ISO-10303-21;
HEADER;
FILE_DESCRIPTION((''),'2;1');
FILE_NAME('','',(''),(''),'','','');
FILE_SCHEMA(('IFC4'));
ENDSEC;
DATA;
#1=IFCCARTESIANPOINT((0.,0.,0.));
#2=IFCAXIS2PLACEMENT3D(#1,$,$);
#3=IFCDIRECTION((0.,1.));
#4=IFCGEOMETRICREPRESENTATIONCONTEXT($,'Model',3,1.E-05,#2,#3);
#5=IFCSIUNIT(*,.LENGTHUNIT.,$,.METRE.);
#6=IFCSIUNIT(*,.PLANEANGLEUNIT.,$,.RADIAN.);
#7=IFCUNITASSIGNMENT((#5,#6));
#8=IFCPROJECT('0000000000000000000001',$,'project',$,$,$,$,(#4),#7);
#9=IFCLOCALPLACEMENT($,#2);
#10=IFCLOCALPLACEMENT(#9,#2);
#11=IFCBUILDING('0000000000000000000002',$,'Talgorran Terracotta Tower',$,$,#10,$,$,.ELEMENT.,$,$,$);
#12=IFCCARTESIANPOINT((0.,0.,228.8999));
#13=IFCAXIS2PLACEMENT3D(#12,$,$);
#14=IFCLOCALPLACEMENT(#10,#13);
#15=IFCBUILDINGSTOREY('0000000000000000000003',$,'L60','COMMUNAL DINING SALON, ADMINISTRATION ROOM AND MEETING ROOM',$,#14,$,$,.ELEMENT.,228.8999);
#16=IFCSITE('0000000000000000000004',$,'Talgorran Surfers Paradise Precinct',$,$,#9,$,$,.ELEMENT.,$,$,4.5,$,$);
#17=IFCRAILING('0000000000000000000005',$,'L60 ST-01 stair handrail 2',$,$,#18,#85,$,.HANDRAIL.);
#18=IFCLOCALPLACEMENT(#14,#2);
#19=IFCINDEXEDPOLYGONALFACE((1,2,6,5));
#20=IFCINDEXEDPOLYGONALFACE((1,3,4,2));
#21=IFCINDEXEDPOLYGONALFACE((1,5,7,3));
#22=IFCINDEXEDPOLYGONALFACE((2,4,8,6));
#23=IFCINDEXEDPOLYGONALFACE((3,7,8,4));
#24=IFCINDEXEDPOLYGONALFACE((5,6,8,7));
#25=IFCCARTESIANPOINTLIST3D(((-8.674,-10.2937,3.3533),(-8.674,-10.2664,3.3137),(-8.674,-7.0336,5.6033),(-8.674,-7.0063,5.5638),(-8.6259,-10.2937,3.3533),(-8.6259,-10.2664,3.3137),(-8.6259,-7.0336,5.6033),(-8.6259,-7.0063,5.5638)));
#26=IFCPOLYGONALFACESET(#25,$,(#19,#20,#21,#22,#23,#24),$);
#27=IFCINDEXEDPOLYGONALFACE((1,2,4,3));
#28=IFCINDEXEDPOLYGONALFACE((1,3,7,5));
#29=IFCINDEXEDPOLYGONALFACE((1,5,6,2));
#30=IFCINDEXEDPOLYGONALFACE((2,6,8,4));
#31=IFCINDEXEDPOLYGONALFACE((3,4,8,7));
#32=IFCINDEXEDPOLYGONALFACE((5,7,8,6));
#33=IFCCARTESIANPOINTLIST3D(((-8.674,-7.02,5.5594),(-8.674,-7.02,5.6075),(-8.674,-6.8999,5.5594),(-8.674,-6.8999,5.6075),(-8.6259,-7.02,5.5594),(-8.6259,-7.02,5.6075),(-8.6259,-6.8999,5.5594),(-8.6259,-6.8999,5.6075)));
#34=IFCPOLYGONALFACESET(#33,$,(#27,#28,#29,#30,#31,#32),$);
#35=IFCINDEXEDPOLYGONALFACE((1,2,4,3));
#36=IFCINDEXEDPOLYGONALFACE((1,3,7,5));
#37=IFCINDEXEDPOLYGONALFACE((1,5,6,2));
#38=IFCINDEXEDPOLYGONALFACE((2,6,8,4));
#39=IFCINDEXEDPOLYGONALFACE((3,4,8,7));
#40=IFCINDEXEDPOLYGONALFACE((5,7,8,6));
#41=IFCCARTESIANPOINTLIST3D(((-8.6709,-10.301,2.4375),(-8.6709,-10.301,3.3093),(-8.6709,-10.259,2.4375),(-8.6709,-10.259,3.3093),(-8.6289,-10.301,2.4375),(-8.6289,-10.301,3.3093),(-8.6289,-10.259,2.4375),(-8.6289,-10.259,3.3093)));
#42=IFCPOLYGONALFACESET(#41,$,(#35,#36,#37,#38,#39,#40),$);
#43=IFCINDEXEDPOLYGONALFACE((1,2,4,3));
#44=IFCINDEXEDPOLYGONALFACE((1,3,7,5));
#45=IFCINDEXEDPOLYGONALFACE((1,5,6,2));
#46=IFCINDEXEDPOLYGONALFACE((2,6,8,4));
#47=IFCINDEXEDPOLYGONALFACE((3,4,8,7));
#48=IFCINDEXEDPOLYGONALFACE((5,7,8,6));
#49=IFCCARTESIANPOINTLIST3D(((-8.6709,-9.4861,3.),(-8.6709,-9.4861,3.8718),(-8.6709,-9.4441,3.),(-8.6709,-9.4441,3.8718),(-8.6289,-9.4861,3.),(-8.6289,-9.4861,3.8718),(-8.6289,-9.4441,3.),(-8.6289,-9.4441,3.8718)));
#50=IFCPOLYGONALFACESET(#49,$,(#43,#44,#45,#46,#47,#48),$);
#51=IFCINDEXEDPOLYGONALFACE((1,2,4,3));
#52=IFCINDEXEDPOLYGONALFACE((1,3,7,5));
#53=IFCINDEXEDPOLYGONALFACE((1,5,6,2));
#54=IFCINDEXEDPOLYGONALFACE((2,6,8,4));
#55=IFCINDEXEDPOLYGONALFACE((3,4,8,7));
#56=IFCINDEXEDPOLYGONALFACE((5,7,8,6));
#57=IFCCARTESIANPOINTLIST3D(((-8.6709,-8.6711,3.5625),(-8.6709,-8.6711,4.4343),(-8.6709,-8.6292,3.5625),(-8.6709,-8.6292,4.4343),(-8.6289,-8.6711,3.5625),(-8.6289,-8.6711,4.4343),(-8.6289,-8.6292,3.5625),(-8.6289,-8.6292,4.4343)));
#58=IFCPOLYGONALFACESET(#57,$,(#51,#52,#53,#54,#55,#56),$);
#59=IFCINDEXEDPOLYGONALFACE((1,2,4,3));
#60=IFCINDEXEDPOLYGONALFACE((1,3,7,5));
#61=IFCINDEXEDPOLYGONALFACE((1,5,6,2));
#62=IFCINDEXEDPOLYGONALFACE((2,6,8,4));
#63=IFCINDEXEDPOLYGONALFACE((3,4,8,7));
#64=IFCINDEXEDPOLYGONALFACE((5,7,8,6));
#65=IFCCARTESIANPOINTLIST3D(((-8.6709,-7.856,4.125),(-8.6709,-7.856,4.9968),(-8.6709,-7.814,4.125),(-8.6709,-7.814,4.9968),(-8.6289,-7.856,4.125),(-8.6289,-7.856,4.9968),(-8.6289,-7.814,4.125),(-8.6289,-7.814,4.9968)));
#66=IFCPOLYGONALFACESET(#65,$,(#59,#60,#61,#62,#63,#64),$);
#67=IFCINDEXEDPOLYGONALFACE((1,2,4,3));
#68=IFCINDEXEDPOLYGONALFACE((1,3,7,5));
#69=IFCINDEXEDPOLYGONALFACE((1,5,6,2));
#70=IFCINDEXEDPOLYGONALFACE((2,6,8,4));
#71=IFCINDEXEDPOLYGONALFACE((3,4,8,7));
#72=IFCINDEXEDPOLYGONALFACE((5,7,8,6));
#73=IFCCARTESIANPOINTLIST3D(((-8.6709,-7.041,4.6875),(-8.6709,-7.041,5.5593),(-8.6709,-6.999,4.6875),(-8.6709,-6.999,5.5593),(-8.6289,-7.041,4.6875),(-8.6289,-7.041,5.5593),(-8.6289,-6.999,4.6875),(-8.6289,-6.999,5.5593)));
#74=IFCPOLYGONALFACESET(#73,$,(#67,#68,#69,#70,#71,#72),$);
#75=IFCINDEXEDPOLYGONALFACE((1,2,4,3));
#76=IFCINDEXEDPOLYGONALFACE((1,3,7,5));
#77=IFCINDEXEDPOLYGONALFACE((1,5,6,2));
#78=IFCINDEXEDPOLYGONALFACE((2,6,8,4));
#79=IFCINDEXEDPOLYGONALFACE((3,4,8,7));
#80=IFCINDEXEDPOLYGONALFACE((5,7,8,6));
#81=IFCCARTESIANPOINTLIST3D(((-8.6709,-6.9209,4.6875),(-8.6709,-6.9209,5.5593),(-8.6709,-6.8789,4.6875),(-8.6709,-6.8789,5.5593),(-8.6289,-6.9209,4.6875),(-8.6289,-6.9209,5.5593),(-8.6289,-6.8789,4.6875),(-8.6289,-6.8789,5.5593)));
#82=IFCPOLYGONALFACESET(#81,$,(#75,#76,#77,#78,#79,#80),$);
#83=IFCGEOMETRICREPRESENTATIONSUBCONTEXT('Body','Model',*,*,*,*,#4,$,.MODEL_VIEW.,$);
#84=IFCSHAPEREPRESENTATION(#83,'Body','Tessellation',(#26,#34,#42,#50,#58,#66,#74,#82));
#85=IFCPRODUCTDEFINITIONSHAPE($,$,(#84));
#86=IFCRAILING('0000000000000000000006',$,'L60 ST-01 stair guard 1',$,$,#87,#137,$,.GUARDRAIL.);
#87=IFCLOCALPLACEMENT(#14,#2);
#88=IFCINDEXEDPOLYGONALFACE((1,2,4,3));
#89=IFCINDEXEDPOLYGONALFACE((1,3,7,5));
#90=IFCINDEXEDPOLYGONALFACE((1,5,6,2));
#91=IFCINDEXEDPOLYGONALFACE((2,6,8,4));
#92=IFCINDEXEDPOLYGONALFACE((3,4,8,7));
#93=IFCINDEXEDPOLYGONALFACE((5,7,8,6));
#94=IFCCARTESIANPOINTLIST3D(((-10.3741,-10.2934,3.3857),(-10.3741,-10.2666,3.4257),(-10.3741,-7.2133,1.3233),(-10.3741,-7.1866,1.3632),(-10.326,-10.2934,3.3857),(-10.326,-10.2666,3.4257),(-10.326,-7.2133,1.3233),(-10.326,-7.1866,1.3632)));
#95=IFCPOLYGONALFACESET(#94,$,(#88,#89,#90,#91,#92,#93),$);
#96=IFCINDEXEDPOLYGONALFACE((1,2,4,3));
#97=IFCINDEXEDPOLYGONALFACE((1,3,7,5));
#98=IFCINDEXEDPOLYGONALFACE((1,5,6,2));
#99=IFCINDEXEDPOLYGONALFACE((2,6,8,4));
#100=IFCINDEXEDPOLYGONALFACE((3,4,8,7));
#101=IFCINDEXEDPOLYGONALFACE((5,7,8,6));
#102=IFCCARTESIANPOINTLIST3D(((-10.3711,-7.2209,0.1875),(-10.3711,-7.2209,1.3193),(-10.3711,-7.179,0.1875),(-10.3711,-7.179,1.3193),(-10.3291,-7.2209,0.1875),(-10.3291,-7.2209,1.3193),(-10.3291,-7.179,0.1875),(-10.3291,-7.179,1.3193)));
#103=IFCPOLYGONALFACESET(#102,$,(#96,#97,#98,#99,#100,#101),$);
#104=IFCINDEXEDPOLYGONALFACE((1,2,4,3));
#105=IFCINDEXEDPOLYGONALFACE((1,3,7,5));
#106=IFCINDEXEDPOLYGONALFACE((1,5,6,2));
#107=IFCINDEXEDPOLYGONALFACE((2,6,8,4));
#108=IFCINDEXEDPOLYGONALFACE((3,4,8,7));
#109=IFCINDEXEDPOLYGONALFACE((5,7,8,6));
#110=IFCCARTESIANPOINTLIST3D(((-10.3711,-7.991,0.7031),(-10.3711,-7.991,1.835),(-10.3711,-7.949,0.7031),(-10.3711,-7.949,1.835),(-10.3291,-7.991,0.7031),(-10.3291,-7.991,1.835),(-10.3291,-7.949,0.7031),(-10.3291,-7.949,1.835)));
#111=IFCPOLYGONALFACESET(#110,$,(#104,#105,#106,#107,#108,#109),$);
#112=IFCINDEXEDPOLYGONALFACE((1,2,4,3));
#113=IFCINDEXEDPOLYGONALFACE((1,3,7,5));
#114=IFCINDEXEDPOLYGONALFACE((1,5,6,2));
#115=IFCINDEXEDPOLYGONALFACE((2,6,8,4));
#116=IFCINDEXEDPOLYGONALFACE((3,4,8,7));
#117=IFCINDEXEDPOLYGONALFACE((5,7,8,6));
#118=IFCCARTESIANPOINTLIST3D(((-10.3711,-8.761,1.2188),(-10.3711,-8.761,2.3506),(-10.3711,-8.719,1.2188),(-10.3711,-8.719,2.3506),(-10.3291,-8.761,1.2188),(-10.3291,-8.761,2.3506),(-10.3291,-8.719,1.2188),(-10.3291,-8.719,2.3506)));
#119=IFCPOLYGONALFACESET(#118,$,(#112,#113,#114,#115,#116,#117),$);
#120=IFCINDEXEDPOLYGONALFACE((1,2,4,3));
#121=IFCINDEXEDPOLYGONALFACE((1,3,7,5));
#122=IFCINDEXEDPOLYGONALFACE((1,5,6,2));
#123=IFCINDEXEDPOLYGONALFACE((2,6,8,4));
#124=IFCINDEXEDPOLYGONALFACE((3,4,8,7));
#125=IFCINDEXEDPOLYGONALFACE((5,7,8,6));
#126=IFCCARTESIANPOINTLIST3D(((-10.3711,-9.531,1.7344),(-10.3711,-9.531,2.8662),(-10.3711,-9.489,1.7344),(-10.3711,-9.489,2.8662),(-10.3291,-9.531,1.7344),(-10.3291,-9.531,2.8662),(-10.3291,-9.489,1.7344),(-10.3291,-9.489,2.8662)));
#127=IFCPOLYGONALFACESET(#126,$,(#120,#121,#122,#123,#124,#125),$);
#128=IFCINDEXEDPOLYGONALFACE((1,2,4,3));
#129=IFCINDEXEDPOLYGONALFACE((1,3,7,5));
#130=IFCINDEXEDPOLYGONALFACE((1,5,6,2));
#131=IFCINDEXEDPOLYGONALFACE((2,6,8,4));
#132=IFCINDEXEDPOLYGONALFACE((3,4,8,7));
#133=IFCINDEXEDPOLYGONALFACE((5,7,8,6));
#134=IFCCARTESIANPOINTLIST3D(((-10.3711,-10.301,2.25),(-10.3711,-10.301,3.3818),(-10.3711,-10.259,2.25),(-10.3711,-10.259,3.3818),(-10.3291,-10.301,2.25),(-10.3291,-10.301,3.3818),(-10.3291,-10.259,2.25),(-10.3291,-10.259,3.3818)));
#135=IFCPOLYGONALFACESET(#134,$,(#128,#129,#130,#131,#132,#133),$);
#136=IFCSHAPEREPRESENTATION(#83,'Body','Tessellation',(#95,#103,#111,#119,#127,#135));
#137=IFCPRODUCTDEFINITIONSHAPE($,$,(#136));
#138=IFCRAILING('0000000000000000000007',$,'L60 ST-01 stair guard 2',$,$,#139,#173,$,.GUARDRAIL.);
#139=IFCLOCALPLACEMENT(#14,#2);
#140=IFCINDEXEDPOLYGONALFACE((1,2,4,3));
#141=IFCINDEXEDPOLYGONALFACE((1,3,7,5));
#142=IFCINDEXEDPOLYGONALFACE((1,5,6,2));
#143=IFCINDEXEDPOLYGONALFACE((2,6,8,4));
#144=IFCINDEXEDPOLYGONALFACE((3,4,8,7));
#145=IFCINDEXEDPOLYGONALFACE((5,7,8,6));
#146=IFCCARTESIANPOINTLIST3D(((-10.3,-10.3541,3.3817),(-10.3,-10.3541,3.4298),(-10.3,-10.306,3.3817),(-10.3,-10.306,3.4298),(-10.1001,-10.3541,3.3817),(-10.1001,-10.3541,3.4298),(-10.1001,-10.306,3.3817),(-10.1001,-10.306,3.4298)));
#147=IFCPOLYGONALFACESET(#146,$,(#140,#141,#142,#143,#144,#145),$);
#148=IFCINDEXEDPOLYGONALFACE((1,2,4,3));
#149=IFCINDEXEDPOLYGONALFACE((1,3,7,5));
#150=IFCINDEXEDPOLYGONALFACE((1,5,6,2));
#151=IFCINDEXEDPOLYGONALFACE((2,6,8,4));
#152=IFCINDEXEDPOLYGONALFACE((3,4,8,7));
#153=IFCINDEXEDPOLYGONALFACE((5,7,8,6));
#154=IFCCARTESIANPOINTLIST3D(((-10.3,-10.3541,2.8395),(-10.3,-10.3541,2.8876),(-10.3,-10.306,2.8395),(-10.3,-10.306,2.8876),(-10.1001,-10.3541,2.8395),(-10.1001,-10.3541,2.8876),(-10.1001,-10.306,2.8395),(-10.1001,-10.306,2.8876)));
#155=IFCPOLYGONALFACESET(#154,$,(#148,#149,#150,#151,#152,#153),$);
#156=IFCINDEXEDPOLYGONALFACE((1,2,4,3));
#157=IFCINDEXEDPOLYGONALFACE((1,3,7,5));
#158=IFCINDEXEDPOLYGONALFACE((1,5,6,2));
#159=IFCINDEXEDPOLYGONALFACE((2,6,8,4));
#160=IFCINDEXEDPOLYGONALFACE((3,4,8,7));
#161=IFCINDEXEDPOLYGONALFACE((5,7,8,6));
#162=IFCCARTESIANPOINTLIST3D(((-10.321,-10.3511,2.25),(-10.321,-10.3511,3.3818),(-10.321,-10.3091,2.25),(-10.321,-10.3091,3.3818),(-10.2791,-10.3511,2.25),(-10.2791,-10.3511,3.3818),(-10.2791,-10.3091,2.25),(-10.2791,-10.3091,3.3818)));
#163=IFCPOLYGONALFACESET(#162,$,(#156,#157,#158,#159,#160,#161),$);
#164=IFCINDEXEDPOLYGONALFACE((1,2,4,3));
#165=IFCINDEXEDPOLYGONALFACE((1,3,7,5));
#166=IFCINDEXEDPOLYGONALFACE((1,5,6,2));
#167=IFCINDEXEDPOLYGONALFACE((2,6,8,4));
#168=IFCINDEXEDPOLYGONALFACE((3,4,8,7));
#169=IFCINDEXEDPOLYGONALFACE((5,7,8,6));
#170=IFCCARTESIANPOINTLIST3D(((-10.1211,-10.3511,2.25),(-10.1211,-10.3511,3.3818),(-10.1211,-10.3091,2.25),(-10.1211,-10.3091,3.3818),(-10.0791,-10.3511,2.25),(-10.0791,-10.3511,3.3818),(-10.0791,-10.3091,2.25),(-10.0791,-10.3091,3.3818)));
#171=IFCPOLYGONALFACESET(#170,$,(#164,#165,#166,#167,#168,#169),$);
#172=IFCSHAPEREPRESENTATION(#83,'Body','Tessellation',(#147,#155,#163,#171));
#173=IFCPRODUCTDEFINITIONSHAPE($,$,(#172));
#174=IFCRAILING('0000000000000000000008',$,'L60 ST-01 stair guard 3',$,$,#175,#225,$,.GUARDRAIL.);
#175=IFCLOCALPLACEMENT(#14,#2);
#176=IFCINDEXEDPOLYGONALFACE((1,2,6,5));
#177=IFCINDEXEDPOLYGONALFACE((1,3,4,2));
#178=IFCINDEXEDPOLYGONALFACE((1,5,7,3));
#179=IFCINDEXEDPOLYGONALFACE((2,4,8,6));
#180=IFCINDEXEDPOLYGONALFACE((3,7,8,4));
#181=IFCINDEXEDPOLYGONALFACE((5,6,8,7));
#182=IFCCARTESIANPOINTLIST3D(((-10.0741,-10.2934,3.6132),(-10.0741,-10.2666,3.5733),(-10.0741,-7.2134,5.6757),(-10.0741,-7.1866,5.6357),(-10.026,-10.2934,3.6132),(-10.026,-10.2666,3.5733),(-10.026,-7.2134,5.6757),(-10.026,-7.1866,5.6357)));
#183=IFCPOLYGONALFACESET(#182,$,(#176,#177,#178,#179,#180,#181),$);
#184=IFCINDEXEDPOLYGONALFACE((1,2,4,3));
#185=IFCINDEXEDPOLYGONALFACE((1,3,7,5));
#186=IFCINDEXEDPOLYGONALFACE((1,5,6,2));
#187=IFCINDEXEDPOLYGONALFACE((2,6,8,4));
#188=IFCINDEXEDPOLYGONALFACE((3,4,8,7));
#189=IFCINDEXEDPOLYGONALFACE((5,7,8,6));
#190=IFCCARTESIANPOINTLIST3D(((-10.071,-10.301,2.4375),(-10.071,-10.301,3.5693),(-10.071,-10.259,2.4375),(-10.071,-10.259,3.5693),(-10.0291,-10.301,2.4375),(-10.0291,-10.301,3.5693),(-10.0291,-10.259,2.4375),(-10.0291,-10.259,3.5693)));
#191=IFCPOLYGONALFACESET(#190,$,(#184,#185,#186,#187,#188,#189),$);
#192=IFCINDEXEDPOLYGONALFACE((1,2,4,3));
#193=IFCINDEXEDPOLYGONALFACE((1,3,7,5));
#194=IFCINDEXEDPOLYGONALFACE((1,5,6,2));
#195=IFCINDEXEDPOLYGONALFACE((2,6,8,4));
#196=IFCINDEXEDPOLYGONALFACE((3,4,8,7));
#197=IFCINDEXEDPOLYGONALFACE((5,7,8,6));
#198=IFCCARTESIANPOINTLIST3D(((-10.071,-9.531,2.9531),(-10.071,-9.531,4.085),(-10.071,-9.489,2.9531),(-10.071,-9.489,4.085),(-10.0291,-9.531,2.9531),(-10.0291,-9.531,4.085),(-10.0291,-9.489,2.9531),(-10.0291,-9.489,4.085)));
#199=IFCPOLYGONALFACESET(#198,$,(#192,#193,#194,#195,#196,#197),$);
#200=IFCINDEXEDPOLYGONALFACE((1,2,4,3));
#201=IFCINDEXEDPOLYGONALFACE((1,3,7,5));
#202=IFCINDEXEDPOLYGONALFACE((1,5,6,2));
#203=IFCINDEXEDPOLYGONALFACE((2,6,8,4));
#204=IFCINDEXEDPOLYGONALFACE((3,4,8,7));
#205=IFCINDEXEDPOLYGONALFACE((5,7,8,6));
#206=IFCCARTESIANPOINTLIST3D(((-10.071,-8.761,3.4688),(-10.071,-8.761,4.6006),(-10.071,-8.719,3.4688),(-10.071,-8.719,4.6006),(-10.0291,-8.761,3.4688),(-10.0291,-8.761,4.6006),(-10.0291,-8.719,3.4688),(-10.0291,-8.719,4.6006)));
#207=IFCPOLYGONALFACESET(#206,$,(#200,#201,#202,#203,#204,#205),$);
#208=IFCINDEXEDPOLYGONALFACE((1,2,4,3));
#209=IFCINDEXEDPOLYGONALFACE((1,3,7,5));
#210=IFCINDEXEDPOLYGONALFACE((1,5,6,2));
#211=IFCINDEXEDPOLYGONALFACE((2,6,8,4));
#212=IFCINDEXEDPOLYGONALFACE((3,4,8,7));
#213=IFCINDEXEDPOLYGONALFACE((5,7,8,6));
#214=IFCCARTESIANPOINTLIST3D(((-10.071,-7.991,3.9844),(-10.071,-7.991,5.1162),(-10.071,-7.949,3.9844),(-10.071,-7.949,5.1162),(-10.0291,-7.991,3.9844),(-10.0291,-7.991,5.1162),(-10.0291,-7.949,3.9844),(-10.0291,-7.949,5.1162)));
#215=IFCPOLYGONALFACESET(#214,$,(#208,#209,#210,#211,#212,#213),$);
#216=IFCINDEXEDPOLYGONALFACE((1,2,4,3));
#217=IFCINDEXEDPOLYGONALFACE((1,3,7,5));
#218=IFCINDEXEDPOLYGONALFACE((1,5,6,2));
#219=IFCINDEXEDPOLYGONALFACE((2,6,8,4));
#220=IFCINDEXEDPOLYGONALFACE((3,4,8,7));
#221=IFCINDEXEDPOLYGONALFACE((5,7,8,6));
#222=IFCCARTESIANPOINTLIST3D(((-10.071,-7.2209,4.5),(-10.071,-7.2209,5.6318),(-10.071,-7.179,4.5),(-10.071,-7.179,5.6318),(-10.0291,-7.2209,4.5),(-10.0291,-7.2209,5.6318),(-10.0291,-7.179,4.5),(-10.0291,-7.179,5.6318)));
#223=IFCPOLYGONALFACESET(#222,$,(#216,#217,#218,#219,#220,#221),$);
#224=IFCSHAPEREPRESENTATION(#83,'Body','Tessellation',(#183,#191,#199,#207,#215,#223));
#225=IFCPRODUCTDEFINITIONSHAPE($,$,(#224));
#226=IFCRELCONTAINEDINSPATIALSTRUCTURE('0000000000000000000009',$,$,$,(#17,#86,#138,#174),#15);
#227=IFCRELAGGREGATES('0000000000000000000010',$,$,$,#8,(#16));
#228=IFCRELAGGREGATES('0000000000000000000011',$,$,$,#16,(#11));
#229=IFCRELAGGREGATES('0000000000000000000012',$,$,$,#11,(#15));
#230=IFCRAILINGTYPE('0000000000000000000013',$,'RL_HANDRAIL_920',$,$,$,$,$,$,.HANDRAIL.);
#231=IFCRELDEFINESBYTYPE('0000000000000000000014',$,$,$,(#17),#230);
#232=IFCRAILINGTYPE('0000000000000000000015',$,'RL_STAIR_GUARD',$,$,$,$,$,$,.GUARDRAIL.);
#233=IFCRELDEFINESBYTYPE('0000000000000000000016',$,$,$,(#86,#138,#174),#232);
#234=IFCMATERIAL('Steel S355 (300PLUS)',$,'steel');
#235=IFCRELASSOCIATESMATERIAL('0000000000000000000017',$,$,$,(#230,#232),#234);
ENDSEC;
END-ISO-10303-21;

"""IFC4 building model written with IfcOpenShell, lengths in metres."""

from ifc_helpers import new_model, si_unit, direction, frame, origin, origin_2d, place, context, subcontext, project, spatial, rectangle, extrude, material, type_object, element, save


model = new_model("IFC4")

# Units and contexts
model_context = context("Model", 3, precision=1e-05, world=origin(), true_north=direction((0.0, 1.0)))
body_context = subcontext(model_context, "Body", "Model", "MODEL_VIEW")
ifc_project = project(units=[si_unit("LENGTHUNIT", "METRE"), si_unit("PLANEANGLEUNIT", "RADIAN")], contexts=[model_context])

# Site, building, storey
site_placement = place(None, origin())
site = spatial("IfcSite", under=ifc_project, at=site_placement, Name="Talgorran Surfers Paradise Precinct", CompositionType="ELEMENT", RefElevation=4.5)
building_placement = place(site_placement, origin())
building = spatial("IfcBuilding", under=site, at=building_placement, Name="Talgorran Terracotta Tower", CompositionType="ELEMENT")
storey_placement = place(building_placement, frame((0.0, 0.0, 228.8999)))
storey = spatial("IfcBuildingStorey", under=building, at=storey_placement, Name="L60", Description="COMMUNAL DINING SALON, ADMINISTRATION ROOM AND MEETING ROOM", CompositionType="ELEMENT", Elevation=228.8999)

# Shared definitions
ifc_material_1 = material(Name="Steel S355 (300PLUS)", Category="steel")

# Railings
railing_type_1 = type_object("IfcRailingType", Name="RL_HANDRAIL_920", PredefinedType="HANDRAIL", material=ifc_material_1)
railing_1_placement = place(storey_placement, frame((-8.6499, -10.28, 2.4375)))
element("IfcRailing", 1, at=railing_1_placement, inside=storey, type_object=railing_type_1, Name="L60 ST-01 stair handrail 2", PredefinedType="HANDRAIL", context=body_context, shape_type="SweptSolid", body=[
    extrude(rectangle(XDim=0.0481, YDim=0.0481, at=origin_2d()), frame((0.0, 0.0, 0.896), z_axis=(0.0, 0.82301, 0.568027), x_axis=(-1.0, 0.0, 0.0)), (0.0, 0.0, 1.0), 3.9612),
    extrude(rectangle(XDim=0.0481, YDim=0.0481, at=origin_2d()), frame((0.0, 3.26, 3.146), z_axis=(0.0, 1.0, 0.0), x_axis=(-1.0, 0.0, 0.0)), (0.0, 0.0, 1.0), 0.1201),
    extrude(rectangle(XDim=0.042, YDim=0.042, at=origin_2d()), origin(), (0.0, 0.0, 1.0), 0.8718),
    extrude(rectangle(XDim=0.042, YDim=0.042, at=origin_2d()), frame((0.0, 0.8149, 0.5625)), (0.0, 0.0, 1.0), 0.8718),
    extrude(rectangle(XDim=0.042, YDim=0.042, at=origin_2d()), frame((0.0, 1.6299, 1.125)), (0.0, 0.0, 1.0), 0.8718),
    extrude(rectangle(XDim=0.042, YDim=0.042, at=origin_2d()), frame((0.0, 2.4451, 1.6875)), (0.0, 0.0, 1.0), 0.8718),
    extrude(rectangle(XDim=0.042, YDim=0.042, at=origin_2d()), frame((0.0, 3.26, 2.25)), (0.0, 0.0, 1.0), 0.8718),
    extrude(rectangle(XDim=0.042, YDim=0.042, at=origin_2d()), frame((0.0, 3.3801, 2.25)), (0.0, 0.0, 1.0), 0.8718),
])
railing_type_2 = type_object("IfcRailingType", Name="RL_STAIR_GUARD", PredefinedType="GUARDRAIL", material=ifc_material_1)
railing_2_placement = place(storey_placement, frame((-10.3501, -7.2, 0.1875)))
element("IfcRailing", 2, at=railing_2_placement, inside=storey, type_object=railing_type_2, Name="L60 ST-01 stair guard 1", PredefinedType="GUARDRAIL", context=body_context, shape_type="SweptSolid", body=[
    extrude(rectangle(XDim=0.0481, YDim=0.0481, at=origin_2d()), frame((0.0, 0.0, 1.1558), z_axis=(0.0, -0.830914, 0.556401), x_axis=(1.0, 0.0, 0.0)), (0.0, 0.0, 1.0), 3.7068),
    extrude(rectangle(XDim=0.042, YDim=0.042, at=origin_2d()), origin(), (0.0, 0.0, 1.0), 1.1318),
    extrude(rectangle(XDim=0.042, YDim=0.042, at=origin_2d()), frame((0.0, -0.77, 0.5156)), (0.0, 0.0, 1.0), 1.1318),
    extrude(rectangle(XDim=0.042, YDim=0.042, at=origin_2d()), frame((0.0, -1.54, 1.0312)), (0.0, 0.0, 1.0), 1.1318),
    extrude(rectangle(XDim=0.042, YDim=0.042, at=origin_2d()), frame((0.0, -2.3101, 1.5469)), (0.0, 0.0, 1.0), 1.1318),
    extrude(rectangle(XDim=0.042, YDim=0.042, at=origin_2d()), frame((0.0, -3.0801, 2.0625)), (0.0, 0.0, 1.0), 1.1318),
])
railing_3_placement = place(storey_placement, frame((-10.3, -10.3301, 2.25)))
element("IfcRailing", 3, at=railing_3_placement, inside=storey, type_object=railing_type_2, Name="L60 ST-01 stair guard 2", PredefinedType="GUARDRAIL", context=body_context, shape_type="SweptSolid", body=[
    extrude(rectangle(XDim=0.0481, YDim=0.0481, at=origin_2d()), frame((0.0, 0.0, 1.1558), z_axis=(1.0, 0.0, 0.0), x_axis=(0.0, 1.0, 0.0)), (0.0, 0.0, 1.0), 0.2),
    extrude(rectangle(XDim=0.0481, YDim=0.0481, at=origin_2d()), frame((0.0, 0.0, 0.6135), z_axis=(1.0, 0.0, 0.0), x_axis=(0.0, 1.0, 0.0)), (0.0, 0.0, 1.0), 0.2),
    extrude(rectangle(XDim=0.042, YDim=0.042, at=origin_2d()), origin(), (0.0, 0.0, 1.0), 1.1318),
    extrude(rectangle(XDim=0.042, YDim=0.042, at=origin_2d()), frame((0.2, 0.0, 0.0)), (0.0, 0.0, 1.0), 1.1318),
])
railing_4_placement = place(storey_placement, frame((-10.05, -10.28, 2.4375)))
element("IfcRailing", 4, at=railing_4_placement, inside=storey, type_object=railing_type_2, Name="L60 ST-01 stair guard 3", PredefinedType="GUARDRAIL", context=body_context, shape_type="SweptSolid", body=[
    extrude(rectangle(XDim=0.0481, YDim=0.0481, at=origin_2d()), frame((0.0, 0.0, 1.1558), z_axis=(0.0, 0.830914, 0.556401), x_axis=(-1.0, 0.0, 0.0)), (0.0, 0.0, 1.0), 3.7068),
    extrude(rectangle(XDim=0.042, YDim=0.042, at=origin_2d()), origin(), (0.0, 0.0, 1.0), 1.1318),
    extrude(rectangle(XDim=0.042, YDim=0.042, at=origin_2d()), frame((0.0, 0.77, 0.5156)), (0.0, 0.0, 1.0), 1.1318),
    extrude(rectangle(XDim=0.042, YDim=0.042, at=origin_2d()), frame((0.0, 1.54, 1.0312)), (0.0, 0.0, 1.0), 1.1318),
    extrude(rectangle(XDim=0.042, YDim=0.042, at=origin_2d()), frame((0.0, 2.3101, 1.5469)), (0.0, 0.0, 1.0), 1.1318),
    extrude(rectangle(XDim=0.042, YDim=0.042, at=origin_2d()), frame((0.0, 3.0801, 2.0625)), (0.0, 0.0, 1.0), 1.1318),
])

save(model, "model.ifc")
